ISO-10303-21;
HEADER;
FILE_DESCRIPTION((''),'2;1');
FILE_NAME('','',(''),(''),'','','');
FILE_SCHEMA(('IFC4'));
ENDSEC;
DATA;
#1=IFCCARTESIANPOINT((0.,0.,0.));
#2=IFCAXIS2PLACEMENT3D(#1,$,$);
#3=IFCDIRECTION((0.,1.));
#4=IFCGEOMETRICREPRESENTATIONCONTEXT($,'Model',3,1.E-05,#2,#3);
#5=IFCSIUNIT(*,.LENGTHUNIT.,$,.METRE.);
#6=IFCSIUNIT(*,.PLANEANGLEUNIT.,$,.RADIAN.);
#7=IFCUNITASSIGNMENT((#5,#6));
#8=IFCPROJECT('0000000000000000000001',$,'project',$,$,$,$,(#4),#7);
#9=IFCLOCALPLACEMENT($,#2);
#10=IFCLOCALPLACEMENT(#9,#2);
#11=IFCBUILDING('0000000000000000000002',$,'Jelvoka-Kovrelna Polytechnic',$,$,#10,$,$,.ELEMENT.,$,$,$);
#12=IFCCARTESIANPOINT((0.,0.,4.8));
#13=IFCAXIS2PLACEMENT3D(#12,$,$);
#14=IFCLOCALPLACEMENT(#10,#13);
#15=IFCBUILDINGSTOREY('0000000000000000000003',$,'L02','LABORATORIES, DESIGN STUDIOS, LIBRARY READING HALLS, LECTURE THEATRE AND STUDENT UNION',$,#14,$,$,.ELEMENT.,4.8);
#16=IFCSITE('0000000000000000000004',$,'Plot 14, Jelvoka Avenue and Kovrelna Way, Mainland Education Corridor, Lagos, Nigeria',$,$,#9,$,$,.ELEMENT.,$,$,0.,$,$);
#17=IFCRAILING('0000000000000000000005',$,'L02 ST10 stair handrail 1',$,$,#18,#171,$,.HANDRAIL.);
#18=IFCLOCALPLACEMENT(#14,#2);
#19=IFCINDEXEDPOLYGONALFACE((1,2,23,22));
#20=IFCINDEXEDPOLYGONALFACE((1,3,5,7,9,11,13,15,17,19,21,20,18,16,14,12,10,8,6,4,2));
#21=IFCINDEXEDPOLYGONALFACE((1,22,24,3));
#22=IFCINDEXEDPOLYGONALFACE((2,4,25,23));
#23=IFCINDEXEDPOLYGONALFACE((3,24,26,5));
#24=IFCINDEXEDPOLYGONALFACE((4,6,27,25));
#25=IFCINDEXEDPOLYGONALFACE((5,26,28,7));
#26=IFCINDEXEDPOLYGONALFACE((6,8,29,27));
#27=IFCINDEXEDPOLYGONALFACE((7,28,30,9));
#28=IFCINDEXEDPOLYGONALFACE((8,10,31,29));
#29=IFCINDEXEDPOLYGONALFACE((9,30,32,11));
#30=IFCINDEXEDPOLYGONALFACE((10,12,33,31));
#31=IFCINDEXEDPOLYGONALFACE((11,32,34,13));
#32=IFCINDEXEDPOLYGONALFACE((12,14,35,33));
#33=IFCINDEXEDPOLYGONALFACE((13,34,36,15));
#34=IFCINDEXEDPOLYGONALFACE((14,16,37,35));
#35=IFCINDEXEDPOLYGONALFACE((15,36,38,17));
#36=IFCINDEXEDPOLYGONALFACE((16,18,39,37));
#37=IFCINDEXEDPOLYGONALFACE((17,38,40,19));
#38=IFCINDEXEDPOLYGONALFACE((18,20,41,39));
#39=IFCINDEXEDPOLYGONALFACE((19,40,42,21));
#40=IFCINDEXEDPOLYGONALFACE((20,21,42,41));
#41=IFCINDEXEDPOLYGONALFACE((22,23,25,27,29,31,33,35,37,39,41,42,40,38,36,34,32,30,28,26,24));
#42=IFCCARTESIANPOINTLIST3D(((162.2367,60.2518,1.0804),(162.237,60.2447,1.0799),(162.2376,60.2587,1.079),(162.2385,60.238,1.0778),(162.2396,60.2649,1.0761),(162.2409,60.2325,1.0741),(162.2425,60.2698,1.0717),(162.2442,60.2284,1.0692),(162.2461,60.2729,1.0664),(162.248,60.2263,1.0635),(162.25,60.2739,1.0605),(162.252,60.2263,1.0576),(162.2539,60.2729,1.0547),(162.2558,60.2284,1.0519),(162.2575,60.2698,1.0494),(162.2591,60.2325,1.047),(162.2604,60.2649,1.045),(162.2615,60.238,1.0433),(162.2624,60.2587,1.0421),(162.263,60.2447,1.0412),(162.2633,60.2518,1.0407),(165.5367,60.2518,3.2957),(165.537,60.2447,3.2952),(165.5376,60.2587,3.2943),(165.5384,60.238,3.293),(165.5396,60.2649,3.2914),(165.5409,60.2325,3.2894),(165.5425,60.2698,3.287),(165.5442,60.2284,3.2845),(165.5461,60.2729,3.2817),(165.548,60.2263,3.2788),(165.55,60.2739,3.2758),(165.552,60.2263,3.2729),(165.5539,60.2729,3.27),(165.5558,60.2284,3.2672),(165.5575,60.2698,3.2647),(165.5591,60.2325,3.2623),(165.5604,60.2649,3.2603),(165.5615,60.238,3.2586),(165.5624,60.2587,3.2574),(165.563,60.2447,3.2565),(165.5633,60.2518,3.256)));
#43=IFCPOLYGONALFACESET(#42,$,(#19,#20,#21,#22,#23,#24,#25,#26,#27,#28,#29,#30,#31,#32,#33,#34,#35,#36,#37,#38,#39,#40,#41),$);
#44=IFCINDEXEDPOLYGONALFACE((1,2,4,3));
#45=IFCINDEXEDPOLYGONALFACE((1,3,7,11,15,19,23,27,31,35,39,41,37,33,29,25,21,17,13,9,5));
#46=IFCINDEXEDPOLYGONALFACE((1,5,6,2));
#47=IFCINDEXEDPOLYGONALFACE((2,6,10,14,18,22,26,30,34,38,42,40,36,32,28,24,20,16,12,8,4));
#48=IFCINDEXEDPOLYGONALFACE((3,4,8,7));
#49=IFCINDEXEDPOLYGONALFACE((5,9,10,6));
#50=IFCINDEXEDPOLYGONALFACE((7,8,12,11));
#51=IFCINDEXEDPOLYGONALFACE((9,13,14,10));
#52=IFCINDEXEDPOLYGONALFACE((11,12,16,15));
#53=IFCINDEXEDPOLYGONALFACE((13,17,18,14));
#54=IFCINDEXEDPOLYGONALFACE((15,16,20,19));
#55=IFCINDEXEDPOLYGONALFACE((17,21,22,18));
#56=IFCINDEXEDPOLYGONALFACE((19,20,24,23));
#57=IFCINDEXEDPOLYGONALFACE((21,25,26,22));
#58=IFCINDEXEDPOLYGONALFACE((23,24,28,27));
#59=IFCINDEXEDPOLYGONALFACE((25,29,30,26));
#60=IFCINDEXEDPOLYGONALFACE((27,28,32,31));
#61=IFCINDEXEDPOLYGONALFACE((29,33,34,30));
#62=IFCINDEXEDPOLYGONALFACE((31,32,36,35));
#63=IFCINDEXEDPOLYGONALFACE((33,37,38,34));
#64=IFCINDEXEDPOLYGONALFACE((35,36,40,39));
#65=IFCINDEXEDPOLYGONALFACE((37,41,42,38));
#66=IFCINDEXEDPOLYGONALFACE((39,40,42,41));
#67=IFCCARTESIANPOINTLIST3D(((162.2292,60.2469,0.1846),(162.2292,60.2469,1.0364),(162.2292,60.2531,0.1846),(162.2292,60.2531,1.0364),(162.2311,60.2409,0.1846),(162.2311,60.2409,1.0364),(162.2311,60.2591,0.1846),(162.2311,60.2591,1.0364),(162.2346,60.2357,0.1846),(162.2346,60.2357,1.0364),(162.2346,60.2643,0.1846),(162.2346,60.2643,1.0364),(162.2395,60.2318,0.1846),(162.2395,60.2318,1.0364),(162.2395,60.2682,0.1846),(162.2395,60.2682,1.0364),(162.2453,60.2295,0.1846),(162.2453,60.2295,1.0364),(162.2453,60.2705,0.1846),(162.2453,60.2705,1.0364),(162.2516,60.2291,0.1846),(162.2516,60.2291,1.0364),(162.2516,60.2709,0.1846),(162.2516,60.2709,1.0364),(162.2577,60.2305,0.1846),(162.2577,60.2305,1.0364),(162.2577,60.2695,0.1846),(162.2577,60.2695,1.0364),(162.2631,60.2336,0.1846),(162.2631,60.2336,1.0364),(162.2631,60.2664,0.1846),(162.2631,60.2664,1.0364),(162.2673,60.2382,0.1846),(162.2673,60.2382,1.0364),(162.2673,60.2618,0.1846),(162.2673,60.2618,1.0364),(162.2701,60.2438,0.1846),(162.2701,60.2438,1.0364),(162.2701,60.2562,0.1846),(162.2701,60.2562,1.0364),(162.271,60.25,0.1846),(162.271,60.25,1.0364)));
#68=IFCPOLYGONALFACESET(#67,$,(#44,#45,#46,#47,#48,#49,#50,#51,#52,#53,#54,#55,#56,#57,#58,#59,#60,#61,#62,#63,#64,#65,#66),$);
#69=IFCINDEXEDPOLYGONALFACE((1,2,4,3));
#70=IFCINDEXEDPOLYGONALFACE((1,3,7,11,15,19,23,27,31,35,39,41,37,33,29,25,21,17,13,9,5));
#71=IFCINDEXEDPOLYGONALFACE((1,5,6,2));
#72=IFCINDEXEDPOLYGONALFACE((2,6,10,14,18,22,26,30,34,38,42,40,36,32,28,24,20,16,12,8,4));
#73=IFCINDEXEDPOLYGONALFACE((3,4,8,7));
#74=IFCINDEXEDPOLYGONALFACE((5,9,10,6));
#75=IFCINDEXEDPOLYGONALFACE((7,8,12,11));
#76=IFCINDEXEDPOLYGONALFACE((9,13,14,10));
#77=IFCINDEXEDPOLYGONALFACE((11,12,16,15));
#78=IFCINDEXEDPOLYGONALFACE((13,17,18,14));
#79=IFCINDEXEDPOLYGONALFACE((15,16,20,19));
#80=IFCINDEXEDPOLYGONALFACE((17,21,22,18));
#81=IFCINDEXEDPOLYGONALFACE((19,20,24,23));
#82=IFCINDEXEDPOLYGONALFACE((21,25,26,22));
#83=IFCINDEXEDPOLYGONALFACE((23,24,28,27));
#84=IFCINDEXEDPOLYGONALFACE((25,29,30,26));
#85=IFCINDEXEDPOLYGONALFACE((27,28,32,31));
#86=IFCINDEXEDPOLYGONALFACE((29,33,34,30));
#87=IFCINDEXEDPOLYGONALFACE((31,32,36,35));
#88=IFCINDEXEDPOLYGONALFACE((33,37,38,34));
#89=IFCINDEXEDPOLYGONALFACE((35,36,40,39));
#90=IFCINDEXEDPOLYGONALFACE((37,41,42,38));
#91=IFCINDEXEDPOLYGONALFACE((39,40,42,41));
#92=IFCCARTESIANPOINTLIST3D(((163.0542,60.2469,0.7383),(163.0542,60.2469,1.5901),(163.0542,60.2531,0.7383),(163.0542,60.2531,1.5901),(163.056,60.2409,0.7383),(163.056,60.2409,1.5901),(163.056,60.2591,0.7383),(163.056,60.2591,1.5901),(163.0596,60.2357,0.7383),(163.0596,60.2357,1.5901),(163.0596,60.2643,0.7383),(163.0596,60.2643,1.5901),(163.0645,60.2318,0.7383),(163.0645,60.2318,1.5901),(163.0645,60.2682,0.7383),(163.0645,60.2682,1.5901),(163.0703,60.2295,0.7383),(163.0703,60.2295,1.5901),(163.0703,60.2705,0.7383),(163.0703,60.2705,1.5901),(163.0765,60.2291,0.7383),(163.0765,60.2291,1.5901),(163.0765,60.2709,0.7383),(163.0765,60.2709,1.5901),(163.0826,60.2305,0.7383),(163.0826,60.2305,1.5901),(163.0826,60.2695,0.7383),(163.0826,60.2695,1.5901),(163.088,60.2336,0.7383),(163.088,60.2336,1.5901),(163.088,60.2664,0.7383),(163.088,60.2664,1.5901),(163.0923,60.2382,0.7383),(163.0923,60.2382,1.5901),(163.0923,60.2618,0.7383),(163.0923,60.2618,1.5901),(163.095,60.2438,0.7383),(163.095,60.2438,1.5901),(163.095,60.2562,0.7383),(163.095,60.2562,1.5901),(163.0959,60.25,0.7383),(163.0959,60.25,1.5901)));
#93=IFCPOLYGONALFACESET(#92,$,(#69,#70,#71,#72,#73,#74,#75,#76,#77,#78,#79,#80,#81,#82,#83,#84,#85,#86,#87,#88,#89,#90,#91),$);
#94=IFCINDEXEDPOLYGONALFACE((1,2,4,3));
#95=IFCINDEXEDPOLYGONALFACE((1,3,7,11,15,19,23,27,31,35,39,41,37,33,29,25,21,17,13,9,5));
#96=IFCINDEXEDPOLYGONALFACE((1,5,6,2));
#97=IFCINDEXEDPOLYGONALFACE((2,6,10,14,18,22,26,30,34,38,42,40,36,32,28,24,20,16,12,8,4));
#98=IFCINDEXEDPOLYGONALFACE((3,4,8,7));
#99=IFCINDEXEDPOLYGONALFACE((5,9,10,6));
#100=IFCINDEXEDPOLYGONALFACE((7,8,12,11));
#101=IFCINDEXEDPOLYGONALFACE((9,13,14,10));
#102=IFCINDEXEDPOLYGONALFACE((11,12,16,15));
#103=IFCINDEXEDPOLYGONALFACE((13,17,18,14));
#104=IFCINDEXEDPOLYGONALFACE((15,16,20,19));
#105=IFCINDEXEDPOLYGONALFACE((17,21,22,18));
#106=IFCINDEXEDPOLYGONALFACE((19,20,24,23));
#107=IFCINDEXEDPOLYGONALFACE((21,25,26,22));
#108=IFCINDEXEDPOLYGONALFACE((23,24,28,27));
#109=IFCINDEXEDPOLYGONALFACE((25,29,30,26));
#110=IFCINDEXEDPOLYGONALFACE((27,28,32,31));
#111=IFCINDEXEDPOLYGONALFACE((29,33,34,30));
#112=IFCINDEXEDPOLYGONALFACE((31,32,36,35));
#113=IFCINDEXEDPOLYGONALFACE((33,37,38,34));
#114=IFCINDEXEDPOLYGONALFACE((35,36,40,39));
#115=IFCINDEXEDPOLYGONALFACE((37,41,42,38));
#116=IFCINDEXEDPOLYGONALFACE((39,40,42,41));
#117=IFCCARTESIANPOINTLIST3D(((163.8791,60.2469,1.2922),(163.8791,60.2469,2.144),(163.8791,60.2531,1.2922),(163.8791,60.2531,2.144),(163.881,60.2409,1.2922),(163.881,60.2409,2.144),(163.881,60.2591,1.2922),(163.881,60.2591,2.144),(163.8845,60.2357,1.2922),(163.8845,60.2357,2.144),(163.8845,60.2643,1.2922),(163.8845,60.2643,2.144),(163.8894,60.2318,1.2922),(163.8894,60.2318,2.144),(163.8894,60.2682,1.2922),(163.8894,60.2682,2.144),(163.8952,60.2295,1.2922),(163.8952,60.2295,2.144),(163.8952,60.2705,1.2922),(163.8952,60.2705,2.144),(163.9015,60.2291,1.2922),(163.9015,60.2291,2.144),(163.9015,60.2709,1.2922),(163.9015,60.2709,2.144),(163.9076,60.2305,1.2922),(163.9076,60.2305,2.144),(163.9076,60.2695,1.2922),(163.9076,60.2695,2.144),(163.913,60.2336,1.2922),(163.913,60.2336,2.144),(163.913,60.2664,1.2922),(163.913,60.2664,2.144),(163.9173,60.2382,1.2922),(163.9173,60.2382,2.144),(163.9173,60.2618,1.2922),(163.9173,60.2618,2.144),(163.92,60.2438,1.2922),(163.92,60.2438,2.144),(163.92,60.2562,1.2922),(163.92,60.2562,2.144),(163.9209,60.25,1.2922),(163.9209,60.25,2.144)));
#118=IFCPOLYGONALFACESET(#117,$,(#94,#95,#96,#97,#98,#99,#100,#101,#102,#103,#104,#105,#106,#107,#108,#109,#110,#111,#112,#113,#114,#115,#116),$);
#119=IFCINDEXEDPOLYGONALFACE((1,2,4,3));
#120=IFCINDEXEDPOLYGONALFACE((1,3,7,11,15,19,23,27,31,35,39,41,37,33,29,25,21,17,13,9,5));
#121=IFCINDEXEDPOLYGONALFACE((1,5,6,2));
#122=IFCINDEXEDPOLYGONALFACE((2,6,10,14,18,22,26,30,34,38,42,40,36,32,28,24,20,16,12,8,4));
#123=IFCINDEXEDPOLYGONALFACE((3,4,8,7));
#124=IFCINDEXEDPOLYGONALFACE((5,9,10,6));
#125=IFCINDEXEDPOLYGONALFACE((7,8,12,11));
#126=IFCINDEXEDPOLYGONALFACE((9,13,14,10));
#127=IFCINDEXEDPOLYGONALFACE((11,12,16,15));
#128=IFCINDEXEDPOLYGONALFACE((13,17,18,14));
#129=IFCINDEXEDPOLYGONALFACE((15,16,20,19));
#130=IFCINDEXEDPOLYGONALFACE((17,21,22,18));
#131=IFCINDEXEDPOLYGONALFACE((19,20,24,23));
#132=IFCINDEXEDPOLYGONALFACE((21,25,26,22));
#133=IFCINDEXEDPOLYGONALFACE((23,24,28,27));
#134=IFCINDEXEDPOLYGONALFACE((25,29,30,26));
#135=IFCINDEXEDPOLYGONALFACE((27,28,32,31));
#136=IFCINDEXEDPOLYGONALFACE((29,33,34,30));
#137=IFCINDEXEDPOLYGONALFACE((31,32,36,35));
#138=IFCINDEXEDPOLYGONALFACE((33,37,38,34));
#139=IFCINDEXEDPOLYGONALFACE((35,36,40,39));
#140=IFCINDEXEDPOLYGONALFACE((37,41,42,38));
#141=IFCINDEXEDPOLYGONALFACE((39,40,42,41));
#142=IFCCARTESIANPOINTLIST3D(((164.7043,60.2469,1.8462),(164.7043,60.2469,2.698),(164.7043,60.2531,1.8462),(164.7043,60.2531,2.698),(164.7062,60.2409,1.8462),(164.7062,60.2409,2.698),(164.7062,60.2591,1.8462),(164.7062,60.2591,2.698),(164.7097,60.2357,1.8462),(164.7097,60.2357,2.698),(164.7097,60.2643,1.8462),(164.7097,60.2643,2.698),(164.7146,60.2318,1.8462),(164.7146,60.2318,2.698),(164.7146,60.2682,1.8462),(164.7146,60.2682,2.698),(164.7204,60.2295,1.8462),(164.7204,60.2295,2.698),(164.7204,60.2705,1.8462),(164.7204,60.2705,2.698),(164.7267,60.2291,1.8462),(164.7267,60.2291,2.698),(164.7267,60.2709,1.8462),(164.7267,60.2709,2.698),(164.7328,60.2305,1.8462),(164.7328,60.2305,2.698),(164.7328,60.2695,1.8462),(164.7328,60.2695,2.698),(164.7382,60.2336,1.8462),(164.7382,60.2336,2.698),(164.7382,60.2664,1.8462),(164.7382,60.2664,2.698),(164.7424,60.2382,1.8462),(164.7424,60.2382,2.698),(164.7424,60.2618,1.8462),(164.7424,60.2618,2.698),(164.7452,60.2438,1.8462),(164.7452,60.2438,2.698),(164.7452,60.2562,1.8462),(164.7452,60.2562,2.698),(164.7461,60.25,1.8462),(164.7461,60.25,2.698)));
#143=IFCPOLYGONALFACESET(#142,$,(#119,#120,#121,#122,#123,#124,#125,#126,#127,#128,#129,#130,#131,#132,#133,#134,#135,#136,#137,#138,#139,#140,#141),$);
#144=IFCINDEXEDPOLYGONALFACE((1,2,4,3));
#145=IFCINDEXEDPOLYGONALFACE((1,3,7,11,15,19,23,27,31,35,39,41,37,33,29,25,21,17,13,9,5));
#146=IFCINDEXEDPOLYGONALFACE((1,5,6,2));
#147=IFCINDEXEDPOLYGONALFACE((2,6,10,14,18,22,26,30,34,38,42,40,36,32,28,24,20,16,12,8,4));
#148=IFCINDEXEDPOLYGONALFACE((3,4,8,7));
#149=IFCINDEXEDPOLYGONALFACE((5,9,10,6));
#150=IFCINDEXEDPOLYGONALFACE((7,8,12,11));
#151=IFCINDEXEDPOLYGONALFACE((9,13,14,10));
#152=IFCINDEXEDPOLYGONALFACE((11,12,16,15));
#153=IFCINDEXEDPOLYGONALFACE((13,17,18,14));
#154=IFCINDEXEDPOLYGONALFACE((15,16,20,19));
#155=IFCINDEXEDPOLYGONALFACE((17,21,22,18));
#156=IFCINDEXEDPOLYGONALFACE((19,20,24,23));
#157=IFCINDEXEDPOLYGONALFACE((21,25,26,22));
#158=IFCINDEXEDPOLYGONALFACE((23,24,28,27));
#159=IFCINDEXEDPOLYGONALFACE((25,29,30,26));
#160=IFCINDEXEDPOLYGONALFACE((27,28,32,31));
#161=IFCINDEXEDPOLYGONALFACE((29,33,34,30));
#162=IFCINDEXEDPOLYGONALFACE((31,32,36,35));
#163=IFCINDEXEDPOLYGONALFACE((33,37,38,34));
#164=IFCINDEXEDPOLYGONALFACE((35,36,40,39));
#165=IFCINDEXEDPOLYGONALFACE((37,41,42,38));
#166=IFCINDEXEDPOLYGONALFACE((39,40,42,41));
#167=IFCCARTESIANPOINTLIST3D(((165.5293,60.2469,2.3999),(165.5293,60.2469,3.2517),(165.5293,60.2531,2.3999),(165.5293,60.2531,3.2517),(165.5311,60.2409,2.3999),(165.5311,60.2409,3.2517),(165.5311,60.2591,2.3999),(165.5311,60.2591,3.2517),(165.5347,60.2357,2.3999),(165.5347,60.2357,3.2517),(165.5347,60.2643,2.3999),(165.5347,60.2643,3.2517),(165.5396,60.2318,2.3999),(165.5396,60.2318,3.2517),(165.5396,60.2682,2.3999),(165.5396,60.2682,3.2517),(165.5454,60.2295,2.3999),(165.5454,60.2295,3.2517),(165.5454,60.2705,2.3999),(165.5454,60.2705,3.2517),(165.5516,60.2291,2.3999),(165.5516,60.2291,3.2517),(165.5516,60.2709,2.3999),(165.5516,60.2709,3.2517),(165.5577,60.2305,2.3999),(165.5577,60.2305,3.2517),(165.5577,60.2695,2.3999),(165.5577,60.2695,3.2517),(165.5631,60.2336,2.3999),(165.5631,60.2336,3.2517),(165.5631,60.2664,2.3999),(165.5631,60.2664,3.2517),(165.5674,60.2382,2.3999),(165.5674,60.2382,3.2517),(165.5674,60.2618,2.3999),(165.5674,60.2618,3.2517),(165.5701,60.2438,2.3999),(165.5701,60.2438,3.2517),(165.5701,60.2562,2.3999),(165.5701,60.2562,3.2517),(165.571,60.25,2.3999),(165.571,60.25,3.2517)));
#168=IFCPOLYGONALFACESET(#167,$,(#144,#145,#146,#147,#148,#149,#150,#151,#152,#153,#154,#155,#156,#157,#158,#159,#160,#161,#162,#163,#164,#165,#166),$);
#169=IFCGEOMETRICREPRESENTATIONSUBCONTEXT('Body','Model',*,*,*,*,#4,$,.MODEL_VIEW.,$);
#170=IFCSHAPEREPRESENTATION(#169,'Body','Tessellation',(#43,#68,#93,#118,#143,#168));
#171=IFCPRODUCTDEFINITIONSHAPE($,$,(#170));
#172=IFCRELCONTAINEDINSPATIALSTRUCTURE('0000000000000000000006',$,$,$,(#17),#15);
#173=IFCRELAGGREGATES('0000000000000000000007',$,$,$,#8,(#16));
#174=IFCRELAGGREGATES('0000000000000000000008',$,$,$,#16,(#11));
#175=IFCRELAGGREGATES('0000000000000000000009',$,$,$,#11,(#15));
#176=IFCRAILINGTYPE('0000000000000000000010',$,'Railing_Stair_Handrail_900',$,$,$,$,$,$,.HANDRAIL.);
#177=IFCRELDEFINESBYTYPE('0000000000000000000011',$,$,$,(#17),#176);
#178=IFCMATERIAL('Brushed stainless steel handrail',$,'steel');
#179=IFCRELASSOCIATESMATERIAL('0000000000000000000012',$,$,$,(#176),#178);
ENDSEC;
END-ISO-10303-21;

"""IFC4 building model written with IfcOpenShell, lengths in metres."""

from ifc_helpers import new_model, si_unit, direction, frame, origin, origin_2d, place, context, subcontext, project, spatial, circle, extrude, material, type_object, element, save


model = new_model("IFC4")

# Units and contexts
model_context = context("Model", 3, precision=1e-05, world=origin(), true_north=direction((0.0, 1.0)))
body_context = subcontext(model_context, "Body", "Model", "MODEL_VIEW")
ifc_project = project(units=[si_unit("LENGTHUNIT", "METRE"), si_unit("PLANEANGLEUNIT", "RADIAN")], contexts=[model_context])

# Site, building, storey
site_placement = place(None, origin())
site = spatial("IfcSite", under=ifc_project, at=site_placement, Name="Plot 14, Jelvoka Avenue and Kovrelna Way, Mainland Education Corridor, Lagos, Nigeria", CompositionType="ELEMENT", RefElevation=0.0)
building_placement = place(site_placement, origin())
building = spatial("IfcBuilding", under=site, at=building_placement, Name="Jelvoka-Kovrelna Polytechnic", CompositionType="ELEMENT")
storey_placement = place(building_placement, frame((0.0, 0.0, 4.8)))
storey = spatial("IfcBuildingStorey", under=building, at=storey_placement, Name="L02", Description="LABORATORIES, DESIGN STUDIOS, LIBRARY READING HALLS, LECTURE THEATRE AND STUDENT UNION", CompositionType="ELEMENT", Elevation=4.8)

# Railing
ifc_material_1 = material(Name="Brushed stainless steel handrail", Category="steel")
railing_type_1 = type_object("IfcRailingType", Name="Railing_Stair_Handrail_900", PredefinedType="HANDRAIL", material=ifc_material_1)
railing_1_placement = place(storey_placement, frame((162.25, 60.25, 0.1846)))
element("IfcRailing", 1, at=railing_1_placement, inside=storey, type_object=railing_type_1, Name="L02 ST10 stair handrail 1", PredefinedType="HANDRAIL", context=body_context, shape_type="SweptSolid", body=[
    extrude(circle(Radius=0.0239, at=origin_2d()), frame((0.0, 0.0, 0.876), z_axis=(0.830269, 0.0, 0.557362), x_axis=(0.0, 1.0, 0.0)), (0.0, 0.0, 1.0), 3.9746),
    extrude(circle(Radius=0.021, at=origin_2d()), origin(), (0.0, 0.0, 1.0), 0.8518),
    extrude(circle(Radius=0.021, at=origin_2d()), frame((0.825, 0.0, 0.5537)), (0.0, 0.0, 1.0), 0.8518),
    extrude(circle(Radius=0.021, at=origin_2d()), frame((1.6499, 0.0, 1.1077)), (0.0, 0.0, 1.0), 0.8518),
    extrude(circle(Radius=0.021, at=origin_2d()), frame((2.4751, 0.0, 1.6616)), (0.0, 0.0, 1.0), 0.8518),
    extrude(circle(Radius=0.021, at=origin_2d()), frame((3.3, 0.0, 2.2153)), (0.0, 0.0, 1.0), 0.8518),
])

save(model, "model.ifc")
